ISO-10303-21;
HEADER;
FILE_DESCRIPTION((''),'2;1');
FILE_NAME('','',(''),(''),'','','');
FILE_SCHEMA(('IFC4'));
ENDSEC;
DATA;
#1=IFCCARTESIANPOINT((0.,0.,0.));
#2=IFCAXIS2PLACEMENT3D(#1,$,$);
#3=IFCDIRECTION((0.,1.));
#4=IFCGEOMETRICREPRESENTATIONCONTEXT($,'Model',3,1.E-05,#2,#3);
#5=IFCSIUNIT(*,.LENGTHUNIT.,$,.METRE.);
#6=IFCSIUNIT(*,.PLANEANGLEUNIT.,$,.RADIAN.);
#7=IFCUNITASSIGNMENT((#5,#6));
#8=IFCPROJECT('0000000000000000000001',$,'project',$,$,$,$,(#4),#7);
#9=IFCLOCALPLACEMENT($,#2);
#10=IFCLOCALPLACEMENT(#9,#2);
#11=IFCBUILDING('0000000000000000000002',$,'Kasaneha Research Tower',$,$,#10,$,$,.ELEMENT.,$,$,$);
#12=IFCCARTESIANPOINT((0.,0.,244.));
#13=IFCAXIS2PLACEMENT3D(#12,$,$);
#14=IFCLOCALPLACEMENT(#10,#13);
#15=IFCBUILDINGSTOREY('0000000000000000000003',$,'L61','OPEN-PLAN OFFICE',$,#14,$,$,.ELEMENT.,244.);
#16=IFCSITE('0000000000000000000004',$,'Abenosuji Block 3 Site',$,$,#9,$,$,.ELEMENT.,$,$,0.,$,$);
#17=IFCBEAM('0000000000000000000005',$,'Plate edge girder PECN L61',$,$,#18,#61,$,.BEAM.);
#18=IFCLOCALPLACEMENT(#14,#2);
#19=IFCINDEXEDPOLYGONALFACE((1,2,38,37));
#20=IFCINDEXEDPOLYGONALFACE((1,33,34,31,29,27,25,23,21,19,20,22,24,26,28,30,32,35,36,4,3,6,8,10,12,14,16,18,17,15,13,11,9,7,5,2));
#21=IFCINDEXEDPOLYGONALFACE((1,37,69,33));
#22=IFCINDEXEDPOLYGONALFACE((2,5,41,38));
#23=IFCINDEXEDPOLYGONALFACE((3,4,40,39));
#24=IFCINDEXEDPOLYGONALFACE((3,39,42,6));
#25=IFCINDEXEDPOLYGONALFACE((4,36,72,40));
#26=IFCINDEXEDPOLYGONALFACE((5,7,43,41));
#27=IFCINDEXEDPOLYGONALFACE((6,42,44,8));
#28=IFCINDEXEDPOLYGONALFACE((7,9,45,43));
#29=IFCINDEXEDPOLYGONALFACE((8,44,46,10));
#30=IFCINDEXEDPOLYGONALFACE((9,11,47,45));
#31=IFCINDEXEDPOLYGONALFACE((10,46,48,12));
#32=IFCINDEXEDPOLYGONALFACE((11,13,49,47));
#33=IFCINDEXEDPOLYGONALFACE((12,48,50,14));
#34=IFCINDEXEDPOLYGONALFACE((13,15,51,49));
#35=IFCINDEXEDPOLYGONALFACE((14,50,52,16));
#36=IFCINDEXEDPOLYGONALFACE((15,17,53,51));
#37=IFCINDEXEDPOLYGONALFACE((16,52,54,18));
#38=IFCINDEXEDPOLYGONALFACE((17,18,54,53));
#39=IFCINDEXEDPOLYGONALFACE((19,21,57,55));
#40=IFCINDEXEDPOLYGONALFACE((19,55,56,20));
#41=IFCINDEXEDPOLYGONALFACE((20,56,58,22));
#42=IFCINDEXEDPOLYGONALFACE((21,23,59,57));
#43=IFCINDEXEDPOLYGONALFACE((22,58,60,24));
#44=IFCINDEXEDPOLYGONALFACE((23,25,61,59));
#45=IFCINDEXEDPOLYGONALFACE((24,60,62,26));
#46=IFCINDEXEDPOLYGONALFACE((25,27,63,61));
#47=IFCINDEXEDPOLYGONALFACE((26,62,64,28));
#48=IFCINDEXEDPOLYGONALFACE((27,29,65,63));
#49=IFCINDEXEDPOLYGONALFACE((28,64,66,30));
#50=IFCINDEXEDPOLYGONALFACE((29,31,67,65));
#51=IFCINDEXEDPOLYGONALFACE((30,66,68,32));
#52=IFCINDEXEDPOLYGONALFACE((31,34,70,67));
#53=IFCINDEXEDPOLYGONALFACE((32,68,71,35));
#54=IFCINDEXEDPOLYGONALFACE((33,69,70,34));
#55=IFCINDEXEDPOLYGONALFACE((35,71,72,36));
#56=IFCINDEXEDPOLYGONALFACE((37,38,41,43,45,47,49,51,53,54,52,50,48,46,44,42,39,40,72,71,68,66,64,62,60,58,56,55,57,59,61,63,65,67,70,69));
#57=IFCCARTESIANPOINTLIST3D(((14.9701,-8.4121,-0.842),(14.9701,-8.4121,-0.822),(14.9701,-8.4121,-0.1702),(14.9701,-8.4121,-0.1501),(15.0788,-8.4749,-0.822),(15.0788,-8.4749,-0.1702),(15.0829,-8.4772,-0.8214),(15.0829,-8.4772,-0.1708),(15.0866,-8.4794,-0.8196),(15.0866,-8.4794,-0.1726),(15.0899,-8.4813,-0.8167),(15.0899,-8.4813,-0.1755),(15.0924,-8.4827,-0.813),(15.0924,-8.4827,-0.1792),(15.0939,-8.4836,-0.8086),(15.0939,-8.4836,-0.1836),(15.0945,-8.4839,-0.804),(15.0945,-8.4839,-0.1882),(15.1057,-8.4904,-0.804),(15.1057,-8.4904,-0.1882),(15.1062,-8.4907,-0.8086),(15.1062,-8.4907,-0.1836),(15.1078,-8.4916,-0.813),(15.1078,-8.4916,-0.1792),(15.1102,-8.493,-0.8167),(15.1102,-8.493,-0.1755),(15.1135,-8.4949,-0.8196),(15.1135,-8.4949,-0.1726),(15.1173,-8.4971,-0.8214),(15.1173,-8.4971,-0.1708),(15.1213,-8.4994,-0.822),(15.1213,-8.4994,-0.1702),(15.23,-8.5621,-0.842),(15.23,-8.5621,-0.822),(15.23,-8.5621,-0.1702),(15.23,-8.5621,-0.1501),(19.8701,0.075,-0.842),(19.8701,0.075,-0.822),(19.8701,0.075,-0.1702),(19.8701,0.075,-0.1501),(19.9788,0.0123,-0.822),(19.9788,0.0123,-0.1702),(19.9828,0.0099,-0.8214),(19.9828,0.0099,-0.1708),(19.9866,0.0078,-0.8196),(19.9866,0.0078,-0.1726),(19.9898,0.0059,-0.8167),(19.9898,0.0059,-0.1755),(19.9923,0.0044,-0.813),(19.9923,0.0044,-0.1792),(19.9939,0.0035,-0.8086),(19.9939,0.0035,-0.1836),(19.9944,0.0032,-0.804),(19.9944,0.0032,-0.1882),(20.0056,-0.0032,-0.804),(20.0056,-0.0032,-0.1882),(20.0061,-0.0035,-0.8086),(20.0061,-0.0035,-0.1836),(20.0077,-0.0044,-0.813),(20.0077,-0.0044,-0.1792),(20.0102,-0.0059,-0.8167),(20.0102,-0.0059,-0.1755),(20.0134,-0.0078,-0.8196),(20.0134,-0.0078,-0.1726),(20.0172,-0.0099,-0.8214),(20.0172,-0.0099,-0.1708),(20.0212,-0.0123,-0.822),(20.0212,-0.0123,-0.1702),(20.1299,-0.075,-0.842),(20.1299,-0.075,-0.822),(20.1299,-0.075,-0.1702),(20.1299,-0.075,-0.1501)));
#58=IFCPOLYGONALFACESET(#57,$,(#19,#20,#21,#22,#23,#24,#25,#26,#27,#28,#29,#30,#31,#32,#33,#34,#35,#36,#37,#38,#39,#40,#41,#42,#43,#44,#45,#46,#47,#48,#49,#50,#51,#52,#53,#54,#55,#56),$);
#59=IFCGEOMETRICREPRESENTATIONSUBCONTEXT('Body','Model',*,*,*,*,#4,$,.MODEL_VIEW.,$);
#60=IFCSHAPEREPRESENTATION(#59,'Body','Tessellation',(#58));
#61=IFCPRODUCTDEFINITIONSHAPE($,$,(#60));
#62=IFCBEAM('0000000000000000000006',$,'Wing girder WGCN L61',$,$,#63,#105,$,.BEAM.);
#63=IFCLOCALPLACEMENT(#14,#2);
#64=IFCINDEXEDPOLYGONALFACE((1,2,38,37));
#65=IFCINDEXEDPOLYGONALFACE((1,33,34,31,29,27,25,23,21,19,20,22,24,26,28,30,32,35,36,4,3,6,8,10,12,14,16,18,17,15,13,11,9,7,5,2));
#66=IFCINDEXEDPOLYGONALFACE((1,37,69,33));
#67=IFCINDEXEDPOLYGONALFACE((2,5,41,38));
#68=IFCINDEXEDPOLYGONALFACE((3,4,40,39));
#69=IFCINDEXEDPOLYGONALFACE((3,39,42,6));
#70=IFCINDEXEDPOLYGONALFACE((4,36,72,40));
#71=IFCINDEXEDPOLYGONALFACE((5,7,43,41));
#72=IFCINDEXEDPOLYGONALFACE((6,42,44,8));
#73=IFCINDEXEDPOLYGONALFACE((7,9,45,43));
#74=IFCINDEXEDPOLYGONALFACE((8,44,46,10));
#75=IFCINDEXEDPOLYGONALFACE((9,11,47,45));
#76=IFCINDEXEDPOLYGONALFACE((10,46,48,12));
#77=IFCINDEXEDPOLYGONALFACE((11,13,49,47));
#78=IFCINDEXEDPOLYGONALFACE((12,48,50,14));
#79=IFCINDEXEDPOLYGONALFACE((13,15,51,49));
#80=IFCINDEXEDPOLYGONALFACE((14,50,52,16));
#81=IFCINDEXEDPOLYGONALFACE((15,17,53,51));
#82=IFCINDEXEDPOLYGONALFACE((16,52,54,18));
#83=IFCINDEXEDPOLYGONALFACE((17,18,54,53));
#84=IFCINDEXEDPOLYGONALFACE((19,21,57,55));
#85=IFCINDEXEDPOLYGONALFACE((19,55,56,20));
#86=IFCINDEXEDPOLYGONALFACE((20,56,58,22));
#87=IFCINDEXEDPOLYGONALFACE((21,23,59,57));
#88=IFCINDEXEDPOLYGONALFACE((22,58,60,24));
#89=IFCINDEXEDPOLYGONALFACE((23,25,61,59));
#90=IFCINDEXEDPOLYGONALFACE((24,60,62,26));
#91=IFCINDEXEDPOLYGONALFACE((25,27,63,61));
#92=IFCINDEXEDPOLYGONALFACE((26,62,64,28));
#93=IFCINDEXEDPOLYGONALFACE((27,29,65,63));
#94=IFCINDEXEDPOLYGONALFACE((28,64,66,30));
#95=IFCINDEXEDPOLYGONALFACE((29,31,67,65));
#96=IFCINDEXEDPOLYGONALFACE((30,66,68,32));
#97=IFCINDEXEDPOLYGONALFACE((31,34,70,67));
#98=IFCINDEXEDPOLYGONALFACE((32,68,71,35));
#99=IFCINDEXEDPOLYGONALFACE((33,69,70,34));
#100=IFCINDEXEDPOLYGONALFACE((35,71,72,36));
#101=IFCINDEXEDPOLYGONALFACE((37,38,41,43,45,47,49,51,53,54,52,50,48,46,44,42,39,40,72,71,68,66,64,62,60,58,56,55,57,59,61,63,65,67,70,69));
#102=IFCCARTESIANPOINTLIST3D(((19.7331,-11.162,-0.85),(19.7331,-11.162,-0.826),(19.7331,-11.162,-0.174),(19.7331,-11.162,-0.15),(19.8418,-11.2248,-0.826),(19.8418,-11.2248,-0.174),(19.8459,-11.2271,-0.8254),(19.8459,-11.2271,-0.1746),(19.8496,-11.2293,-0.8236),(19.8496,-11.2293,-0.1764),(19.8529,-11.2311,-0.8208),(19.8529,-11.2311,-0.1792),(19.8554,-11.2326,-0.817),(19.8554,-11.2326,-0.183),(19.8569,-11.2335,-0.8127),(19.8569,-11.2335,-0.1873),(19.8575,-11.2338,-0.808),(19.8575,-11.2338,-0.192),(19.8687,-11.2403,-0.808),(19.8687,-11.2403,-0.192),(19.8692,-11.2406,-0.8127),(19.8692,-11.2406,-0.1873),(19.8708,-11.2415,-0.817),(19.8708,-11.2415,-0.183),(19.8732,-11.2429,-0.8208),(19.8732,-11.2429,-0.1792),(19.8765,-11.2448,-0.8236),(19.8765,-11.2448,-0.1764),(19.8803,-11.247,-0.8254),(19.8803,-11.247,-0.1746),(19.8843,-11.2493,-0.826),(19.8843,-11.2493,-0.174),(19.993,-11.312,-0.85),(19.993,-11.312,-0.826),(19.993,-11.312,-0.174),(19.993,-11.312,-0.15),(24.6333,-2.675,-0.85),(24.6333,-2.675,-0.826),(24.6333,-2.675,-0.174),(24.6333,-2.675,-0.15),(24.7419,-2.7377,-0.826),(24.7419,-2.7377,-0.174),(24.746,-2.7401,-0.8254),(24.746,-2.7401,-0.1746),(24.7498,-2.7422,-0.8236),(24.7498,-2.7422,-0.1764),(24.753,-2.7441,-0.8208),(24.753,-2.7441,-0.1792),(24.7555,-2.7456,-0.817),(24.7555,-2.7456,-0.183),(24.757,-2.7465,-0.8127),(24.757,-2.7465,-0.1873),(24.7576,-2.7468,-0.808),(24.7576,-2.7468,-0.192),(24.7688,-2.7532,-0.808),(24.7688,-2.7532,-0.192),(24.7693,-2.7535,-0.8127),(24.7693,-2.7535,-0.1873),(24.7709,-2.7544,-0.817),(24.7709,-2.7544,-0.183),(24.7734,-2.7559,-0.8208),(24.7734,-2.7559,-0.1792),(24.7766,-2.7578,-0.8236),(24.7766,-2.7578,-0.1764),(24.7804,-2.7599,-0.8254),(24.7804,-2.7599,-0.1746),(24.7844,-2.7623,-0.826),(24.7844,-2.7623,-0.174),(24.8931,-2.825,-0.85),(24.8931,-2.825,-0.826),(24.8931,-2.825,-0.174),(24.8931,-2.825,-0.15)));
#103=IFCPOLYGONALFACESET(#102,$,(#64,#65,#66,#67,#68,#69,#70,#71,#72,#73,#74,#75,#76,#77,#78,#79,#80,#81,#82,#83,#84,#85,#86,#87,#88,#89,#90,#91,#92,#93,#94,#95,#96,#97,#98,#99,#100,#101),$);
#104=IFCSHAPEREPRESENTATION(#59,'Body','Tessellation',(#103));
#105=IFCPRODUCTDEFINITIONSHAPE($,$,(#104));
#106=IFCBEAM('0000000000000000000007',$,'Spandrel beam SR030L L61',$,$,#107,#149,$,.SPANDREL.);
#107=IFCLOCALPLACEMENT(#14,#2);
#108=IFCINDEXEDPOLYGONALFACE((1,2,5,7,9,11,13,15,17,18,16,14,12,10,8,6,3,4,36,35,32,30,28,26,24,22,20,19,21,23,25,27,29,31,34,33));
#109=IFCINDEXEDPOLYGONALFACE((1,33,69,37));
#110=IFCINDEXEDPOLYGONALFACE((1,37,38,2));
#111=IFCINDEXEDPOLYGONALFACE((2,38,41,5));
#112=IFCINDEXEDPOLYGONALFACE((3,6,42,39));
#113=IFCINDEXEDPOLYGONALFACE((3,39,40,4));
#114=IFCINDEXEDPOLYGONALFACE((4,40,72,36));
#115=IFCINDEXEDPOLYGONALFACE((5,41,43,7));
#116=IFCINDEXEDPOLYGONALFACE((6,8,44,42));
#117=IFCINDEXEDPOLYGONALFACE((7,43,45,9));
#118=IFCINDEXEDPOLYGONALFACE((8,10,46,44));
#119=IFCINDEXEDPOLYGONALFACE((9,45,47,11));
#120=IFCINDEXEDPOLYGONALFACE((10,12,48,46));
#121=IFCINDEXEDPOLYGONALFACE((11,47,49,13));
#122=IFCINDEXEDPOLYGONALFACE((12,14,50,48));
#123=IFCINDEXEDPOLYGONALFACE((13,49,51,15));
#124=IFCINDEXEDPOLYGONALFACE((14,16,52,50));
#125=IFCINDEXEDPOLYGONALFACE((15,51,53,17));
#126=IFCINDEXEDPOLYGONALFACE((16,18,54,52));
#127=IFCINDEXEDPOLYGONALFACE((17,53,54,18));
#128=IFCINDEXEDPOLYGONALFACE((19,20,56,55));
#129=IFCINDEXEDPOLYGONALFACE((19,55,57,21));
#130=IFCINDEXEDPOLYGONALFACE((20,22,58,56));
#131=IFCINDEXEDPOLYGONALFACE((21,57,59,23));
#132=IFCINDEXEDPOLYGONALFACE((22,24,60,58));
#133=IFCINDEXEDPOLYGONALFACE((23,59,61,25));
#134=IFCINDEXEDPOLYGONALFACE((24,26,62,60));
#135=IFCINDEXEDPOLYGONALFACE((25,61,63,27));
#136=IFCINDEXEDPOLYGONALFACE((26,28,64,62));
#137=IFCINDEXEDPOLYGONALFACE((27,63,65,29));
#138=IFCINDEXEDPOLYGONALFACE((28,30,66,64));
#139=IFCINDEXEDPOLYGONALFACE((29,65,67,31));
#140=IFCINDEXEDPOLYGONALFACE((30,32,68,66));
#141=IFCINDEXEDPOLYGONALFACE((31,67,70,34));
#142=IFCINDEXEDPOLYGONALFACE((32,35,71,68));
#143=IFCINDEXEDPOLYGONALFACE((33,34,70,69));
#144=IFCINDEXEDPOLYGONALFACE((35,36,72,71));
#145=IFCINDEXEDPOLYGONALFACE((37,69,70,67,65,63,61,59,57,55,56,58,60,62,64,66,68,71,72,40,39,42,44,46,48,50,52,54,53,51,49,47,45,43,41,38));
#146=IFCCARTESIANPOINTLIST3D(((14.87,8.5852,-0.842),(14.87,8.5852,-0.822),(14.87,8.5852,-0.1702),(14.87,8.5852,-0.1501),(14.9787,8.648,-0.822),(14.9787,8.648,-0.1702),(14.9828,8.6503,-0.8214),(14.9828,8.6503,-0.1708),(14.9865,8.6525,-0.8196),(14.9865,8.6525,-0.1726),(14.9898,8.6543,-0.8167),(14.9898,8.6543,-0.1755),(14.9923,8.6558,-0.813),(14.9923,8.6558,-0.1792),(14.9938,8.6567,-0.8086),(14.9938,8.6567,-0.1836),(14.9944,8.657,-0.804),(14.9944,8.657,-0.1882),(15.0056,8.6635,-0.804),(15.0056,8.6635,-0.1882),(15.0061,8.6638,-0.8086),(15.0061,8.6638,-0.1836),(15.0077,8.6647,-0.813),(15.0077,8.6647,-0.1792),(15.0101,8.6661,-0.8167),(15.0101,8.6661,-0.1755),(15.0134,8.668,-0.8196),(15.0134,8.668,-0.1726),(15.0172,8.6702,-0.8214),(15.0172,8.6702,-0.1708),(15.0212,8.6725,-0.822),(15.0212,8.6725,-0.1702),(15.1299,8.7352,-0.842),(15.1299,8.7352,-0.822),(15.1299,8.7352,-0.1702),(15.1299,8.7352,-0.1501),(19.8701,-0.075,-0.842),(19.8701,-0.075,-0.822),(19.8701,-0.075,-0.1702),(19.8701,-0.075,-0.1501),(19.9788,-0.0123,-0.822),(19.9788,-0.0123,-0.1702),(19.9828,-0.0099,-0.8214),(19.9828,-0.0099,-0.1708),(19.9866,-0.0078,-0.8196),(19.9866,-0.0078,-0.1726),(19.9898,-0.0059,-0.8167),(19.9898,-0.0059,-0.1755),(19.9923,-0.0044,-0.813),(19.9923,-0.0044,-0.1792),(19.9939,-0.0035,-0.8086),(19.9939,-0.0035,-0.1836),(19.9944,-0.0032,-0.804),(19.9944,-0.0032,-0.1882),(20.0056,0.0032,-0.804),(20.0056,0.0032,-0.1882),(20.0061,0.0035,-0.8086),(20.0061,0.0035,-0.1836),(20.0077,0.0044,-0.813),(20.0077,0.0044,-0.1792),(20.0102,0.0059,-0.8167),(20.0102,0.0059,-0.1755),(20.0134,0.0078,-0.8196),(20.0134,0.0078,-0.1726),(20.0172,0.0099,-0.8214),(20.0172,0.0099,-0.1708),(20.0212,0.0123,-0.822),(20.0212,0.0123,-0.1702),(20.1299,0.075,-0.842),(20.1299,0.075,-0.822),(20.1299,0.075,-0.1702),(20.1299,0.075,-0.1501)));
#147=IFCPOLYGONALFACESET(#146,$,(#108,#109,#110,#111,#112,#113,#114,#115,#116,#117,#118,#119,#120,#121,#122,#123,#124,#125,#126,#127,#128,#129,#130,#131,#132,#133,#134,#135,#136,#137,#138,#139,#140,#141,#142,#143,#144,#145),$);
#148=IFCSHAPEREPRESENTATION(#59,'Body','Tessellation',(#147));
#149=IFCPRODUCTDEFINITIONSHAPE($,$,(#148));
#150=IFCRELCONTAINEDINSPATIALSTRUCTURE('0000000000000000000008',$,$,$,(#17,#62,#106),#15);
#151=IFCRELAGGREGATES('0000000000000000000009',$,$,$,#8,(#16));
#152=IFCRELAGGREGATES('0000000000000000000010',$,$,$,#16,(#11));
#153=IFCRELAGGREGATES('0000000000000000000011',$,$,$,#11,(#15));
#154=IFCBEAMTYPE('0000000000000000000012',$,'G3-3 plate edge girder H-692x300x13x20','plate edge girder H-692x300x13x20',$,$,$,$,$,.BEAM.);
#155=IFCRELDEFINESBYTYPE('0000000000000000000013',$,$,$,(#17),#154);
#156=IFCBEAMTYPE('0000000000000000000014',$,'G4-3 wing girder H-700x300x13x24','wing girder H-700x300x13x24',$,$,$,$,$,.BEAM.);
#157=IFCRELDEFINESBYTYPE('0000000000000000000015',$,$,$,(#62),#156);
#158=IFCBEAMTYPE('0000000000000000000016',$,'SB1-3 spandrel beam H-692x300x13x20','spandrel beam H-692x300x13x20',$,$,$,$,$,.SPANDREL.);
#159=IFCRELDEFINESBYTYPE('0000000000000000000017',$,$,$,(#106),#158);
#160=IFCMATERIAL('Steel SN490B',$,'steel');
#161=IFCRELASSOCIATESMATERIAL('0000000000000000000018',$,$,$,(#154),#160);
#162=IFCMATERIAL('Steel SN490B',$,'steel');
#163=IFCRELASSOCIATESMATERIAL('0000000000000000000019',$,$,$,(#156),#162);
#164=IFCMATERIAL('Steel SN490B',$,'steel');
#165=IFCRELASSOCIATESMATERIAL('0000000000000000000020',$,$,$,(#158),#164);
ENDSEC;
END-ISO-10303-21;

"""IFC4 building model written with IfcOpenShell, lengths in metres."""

from ifc_helpers import new_model, si_unit, direction, frame, origin, origin_2d, place, context, subcontext, project, spatial, i_section, extrude, material, material_profile, profile_set, type_object, element, save


model = new_model("IFC4")

# Units and contexts
model_context = context("Model", 3, precision=1e-05, world=origin(), true_north=direction((0.0, 1.0)))
body_context = subcontext(model_context, "Body", "Model", "MODEL_VIEW")
ifc_project = project(units=[si_unit("LENGTHUNIT", "METRE"), si_unit("PLANEANGLEUNIT", "RADIAN")], contexts=[model_context])

# Site, building, storey
site_placement = place(None, origin())
site = spatial("IfcSite", under=ifc_project, at=site_placement, Name="Abenosuji Block 3 Site", CompositionType="ELEMENT", RefElevation=0.0)
building_placement = place(site_placement, origin())
building = spatial("IfcBuilding", under=site, at=building_placement, Name="Kasaneha Research Tower", CompositionType="ELEMENT")
storey_placement = place(building_placement, frame((0.0, 0.0, 244.0)))
storey = spatial("IfcBuildingStorey", under=building, at=storey_placement, Name="L61", Description="OPEN-PLAN OFFICE", CompositionType="ELEMENT", Elevation=244.0)

# Beams
ifc_material_1 = material(Name="Steel SN490B", Category="steel")
ifc_material_profile_1 = material_profile(ifc_material_1, i_section(OverallWidth=0.3, OverallDepth=0.6919, WebThickness=0.0129, FlangeThickness=0.02, FilletRadius=0.0181, at=origin_2d()), Name="H-692x300x13x20")
ifc_profile_set_1 = profile_set([ifc_material_profile_1], Name="Steel SN490B")
beam_type_1 = type_object("IfcBeamType", Name="G3-3 plate edge girder H-692x300x13x20", Description="plate edge girder H-692x300x13x20", PredefinedType="BEAM", material=ifc_profile_set_1)
beam_1_placement = place(storey_placement, frame((20.0, 0.0, -0.4961), z_axis=(-0.499992, -0.86603, 0.0), x_axis=(0.86603, -0.499992, 0.0)))
element("IfcBeam", 1, at=beam_1_placement, inside=storey, type_object=beam_type_1, Name="Plate edge girder PECN L61", PredefinedType="BEAM", context=body_context, shape_type="SweptSolid", body=[
    extrude(i_section(OverallWidth=0.3, OverallDepth=0.6919, WebThickness=0.0129, FlangeThickness=0.02, FilletRadius=0.0181, at=origin_2d()), origin(), (0.0, 0.0, 1.0), 9.8),
])
ifc_material_2 = material(Name="Steel SN490B", Category="steel")
ifc_material_profile_2 = material_profile(ifc_material_2, i_section(OverallWidth=0.3, OverallDepth=0.7, WebThickness=0.0129, FlangeThickness=0.0239, FilletRadius=0.0181, at=origin_2d()), Name="H-700x300x13x24")
ifc_profile_set_2 = profile_set([ifc_material_profile_2], Name="Steel SN490B")
beam_type_2 = type_object("IfcBeamType", Name="G4-3 wing girder H-700x300x13x24", Description="wing girder H-700x300x13x24", PredefinedType="BEAM", material=ifc_profile_set_2)
beam_2_placement = place(storey_placement, frame((24.7632, -2.75, -0.5), z_axis=(-0.500011, -0.866019, 0.0), x_axis=(0.866019, -0.500011, 0.0)))
element("IfcBeam", 2, at=beam_2_placement, inside=storey, type_object=beam_type_2, Name="Wing girder WGCN L61", PredefinedType="BEAM", context=body_context, shape_type="SweptSolid", body=[
    extrude(i_section(OverallWidth=0.3, OverallDepth=0.7, WebThickness=0.0129, FlangeThickness=0.0239, FilletRadius=0.0181, at=origin_2d()), origin(), (0.0, 0.0, 1.0), 9.8),
])
ifc_material_3 = material(Name="Steel SN490B", Category="steel")
ifc_material_profile_3 = material_profile(ifc_material_3, i_section(OverallWidth=0.3, OverallDepth=0.6919, WebThickness=0.0129, FlangeThickness=0.02, FilletRadius=0.0181, at=origin_2d()), Name="H-692x300x13x20")
ifc_profile_set_3 = profile_set([ifc_material_profile_3], Name="Steel SN490B")
beam_type_3 = type_object("IfcBeamType", Name="SB1-3 spandrel beam H-692x300x13x20", Description="spandrel beam H-692x300x13x20", PredefinedType="SPANDREL", material=ifc_profile_set_3)
beam_3_placement = place(storey_placement, frame((20.0, 0.0, -0.4961), z_axis=(-0.500004, 0.866023, 0.0), x_axis=(-0.866023, -0.500004, 0.0)))
element("IfcBeam", 3, at=beam_3_placement, inside=storey, type_object=beam_type_3, Name="Spandrel beam SR030L L61", PredefinedType="SPANDREL", context=body_context, shape_type="SweptSolid", body=[
    extrude(i_section(OverallWidth=0.3, OverallDepth=0.6919, WebThickness=0.0129, FlangeThickness=0.02, FilletRadius=0.0181, at=origin_2d()), origin(), (0.0, 0.0, 1.0), 10.0),
])

save(model, "model.ifc")
